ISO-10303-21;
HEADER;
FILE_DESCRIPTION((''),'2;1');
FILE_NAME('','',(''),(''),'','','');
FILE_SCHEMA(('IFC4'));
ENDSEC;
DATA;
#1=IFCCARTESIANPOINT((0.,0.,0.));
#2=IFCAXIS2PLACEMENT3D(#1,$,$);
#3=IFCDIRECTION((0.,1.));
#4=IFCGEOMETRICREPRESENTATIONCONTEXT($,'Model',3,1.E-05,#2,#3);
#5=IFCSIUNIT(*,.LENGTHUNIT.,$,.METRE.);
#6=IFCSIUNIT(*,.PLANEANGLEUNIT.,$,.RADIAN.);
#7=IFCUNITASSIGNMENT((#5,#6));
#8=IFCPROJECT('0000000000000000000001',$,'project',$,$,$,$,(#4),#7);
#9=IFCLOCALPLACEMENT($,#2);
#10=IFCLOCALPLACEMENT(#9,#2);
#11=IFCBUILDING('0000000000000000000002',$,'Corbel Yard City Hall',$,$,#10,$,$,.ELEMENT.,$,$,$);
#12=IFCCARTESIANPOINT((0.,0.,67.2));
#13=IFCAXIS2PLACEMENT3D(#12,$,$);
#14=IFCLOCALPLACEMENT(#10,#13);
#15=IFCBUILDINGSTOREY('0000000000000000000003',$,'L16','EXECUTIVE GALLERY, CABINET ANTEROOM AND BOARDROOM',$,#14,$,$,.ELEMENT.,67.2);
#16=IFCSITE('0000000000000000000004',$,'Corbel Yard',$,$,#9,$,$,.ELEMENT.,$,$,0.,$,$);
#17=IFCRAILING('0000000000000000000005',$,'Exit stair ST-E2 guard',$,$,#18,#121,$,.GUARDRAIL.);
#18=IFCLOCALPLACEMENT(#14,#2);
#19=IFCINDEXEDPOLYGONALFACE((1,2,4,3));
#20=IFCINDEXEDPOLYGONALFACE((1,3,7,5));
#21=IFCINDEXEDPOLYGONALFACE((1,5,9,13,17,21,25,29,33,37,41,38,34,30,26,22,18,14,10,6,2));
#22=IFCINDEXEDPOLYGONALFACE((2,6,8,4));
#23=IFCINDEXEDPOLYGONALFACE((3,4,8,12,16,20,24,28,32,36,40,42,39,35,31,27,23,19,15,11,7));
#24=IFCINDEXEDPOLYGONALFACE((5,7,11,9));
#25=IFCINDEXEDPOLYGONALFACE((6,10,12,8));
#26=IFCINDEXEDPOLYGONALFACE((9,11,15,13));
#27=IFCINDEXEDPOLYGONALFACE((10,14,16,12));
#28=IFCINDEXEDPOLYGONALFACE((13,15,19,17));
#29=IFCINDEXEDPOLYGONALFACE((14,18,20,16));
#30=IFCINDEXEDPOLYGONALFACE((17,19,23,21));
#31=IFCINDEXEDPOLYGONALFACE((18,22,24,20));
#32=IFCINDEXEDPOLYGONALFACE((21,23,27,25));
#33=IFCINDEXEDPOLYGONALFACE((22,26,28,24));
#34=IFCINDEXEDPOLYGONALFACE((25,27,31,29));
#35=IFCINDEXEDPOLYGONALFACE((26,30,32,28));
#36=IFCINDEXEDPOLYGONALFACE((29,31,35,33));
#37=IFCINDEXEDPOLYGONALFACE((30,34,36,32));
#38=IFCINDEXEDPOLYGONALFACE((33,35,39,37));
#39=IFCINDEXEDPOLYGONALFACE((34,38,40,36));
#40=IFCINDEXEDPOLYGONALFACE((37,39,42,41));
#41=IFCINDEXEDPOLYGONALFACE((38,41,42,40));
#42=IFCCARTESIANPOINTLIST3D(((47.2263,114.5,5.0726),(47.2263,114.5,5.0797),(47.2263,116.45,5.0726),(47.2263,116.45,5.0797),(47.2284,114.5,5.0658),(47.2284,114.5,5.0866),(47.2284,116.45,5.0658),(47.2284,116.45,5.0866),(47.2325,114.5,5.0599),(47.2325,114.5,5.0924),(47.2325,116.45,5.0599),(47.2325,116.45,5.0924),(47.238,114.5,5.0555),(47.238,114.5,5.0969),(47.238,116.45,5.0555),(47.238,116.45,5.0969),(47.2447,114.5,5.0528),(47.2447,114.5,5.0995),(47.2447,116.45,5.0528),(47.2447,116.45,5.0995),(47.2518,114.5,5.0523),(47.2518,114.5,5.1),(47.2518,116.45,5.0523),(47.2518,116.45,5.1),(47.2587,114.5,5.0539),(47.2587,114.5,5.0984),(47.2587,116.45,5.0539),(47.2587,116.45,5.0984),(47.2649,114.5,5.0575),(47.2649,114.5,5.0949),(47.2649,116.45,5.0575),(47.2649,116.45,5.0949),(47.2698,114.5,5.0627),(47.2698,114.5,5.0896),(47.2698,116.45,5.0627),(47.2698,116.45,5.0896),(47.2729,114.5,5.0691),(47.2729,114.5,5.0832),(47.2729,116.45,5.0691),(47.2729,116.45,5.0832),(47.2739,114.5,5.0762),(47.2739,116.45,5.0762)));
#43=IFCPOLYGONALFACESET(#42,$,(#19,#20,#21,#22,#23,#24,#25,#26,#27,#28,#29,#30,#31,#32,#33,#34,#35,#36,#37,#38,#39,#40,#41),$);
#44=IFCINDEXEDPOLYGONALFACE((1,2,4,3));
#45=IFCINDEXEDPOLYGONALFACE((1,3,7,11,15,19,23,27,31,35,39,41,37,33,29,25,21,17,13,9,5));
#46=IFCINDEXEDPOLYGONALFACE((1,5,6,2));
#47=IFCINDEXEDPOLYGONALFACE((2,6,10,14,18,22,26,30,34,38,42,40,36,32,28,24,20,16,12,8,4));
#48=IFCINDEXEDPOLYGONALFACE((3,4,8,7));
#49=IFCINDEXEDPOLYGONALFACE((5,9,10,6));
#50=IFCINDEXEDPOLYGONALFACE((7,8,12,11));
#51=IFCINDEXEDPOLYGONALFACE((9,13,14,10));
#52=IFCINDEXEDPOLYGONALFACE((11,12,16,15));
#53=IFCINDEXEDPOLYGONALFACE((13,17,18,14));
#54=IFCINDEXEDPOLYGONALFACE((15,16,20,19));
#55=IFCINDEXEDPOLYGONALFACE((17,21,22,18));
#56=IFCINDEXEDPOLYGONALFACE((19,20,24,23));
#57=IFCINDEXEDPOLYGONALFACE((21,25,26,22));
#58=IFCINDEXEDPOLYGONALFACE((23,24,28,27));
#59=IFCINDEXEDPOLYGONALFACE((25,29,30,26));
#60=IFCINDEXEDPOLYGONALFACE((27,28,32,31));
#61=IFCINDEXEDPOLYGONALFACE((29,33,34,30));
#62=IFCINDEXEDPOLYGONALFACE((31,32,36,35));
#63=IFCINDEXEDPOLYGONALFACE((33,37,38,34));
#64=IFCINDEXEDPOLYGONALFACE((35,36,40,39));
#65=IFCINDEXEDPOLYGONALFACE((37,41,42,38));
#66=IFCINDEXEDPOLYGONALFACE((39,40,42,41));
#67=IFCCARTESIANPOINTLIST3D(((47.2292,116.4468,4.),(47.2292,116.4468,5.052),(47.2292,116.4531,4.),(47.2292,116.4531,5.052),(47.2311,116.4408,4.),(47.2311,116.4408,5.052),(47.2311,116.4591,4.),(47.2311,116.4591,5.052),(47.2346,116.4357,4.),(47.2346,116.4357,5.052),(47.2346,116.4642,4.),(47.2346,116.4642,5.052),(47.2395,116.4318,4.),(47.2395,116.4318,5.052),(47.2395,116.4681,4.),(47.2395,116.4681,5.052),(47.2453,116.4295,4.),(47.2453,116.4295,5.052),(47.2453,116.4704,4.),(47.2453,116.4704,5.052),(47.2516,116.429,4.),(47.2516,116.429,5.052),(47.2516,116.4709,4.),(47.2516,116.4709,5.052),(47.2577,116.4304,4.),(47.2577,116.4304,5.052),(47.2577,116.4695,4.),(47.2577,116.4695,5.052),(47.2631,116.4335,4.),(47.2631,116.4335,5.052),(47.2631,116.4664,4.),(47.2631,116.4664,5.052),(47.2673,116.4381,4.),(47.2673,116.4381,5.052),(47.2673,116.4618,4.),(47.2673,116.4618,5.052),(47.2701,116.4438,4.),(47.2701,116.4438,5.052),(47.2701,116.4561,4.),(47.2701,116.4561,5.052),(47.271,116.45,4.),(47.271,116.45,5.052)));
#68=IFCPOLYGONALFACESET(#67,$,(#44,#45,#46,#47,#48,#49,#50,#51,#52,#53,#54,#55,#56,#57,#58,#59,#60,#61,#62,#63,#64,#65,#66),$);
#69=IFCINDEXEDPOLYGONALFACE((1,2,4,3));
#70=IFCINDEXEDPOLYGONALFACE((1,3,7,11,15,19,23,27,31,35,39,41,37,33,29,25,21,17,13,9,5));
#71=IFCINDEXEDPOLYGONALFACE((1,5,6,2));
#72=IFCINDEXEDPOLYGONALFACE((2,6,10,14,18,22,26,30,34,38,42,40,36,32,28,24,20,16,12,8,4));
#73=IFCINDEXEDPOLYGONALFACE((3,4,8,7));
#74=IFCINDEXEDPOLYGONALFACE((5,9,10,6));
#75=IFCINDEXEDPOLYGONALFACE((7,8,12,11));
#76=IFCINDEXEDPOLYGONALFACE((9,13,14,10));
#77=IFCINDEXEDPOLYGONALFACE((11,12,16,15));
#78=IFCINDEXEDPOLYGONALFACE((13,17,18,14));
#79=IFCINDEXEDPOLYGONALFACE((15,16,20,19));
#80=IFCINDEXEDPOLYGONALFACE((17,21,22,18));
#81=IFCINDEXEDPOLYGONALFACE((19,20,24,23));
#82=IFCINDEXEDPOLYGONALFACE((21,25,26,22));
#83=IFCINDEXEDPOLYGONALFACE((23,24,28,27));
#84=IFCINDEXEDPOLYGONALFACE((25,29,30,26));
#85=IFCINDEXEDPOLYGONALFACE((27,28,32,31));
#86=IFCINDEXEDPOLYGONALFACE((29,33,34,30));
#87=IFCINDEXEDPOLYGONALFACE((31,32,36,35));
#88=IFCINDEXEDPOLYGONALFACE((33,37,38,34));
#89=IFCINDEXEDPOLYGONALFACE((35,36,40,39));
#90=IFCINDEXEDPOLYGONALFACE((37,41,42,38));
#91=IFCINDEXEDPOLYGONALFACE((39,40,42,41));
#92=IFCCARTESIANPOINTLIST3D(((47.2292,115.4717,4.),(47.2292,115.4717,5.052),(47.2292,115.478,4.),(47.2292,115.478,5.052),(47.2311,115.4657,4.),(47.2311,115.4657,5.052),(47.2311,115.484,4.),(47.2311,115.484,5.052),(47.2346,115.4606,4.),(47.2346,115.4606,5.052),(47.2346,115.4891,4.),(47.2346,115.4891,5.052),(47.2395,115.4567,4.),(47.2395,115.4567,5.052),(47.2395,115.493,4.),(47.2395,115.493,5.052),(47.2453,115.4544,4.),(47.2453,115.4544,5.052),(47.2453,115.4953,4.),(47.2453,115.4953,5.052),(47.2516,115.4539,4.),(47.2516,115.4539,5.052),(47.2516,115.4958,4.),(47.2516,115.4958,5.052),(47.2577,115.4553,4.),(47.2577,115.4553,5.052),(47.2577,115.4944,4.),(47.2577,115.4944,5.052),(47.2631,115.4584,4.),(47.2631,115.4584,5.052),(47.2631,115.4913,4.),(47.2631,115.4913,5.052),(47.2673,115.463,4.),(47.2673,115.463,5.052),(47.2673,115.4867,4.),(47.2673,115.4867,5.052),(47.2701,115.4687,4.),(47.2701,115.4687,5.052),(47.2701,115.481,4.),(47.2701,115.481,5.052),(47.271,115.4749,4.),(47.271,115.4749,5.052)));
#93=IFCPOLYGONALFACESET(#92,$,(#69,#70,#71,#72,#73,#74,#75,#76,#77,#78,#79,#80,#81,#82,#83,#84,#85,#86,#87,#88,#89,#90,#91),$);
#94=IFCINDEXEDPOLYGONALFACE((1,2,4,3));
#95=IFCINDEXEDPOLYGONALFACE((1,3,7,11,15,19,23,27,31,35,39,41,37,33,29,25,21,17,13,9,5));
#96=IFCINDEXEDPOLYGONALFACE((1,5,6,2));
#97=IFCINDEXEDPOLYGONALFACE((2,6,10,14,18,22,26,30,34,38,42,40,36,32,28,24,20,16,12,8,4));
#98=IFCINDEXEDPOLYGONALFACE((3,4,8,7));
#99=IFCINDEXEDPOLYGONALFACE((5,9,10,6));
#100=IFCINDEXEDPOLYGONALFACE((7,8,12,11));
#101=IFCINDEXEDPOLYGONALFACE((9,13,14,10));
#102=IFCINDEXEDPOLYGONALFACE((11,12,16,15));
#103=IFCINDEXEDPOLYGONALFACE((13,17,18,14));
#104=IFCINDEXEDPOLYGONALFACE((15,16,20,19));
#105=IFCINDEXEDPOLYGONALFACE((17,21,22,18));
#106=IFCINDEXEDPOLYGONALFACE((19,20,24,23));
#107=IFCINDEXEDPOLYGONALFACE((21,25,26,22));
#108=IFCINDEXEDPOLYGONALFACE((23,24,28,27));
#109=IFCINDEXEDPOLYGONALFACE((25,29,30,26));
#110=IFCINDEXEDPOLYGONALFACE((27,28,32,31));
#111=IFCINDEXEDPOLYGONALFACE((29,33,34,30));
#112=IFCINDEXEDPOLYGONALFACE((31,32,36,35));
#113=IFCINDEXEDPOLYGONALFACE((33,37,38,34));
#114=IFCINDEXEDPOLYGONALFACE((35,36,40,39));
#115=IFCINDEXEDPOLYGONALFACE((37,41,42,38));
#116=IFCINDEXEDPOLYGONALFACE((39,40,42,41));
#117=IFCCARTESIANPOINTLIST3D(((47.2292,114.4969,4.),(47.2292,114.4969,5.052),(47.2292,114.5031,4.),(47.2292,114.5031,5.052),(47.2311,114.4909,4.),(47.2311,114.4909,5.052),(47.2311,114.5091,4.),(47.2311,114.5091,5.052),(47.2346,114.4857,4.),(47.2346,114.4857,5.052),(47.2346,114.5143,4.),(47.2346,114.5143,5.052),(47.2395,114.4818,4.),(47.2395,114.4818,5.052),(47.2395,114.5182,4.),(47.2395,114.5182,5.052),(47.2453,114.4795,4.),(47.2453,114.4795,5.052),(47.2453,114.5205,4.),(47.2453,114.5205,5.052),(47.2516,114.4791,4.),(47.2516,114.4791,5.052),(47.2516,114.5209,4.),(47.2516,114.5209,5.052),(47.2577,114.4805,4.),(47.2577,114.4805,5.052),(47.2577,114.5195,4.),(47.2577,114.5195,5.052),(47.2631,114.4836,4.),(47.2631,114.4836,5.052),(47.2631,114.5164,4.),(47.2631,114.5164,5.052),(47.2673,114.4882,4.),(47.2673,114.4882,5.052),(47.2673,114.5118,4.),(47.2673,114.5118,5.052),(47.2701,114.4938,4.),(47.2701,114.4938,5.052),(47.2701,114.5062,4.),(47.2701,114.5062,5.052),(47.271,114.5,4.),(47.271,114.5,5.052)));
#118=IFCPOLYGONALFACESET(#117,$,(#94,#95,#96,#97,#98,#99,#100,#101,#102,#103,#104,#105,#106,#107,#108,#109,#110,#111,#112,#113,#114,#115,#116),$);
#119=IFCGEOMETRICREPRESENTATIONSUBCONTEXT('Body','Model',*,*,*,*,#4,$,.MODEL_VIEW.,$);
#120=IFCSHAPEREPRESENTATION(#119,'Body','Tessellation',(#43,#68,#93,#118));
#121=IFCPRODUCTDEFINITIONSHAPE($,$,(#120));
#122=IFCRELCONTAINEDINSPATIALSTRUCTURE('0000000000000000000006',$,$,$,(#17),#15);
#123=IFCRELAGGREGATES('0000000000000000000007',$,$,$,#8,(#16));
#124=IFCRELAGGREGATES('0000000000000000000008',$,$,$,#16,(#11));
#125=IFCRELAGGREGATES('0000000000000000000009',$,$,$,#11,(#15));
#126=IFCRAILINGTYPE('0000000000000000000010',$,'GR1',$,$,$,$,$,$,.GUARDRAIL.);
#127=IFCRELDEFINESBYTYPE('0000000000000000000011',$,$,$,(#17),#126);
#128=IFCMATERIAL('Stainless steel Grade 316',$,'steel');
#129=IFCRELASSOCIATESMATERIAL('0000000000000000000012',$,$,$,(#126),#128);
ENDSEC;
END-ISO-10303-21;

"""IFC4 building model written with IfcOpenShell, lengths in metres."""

from ifc_helpers import new_model, si_unit, direction, frame, origin, origin_2d, place, context, subcontext, project, spatial, circle, extrude, material, type_object, element, save


model = new_model("IFC4")

# Units and contexts
model_context = context("Model", 3, precision=1e-05, world=origin(), true_north=direction((0.0, 1.0)))
body_context = subcontext(model_context, "Body", "Model", "MODEL_VIEW")
ifc_project = project(units=[si_unit("LENGTHUNIT", "METRE"), si_unit("PLANEANGLEUNIT", "RADIAN")], contexts=[model_context])

# Site, building, storey
site_placement = place(None, origin())
site = spatial("IfcSite", under=ifc_project, at=site_placement, Name="Corbel Yard", CompositionType="ELEMENT", RefElevation=0.0)
building_placement = place(site_placement, origin())
building = spatial("IfcBuilding", under=site, at=building_placement, Name="Corbel Yard City Hall", CompositionType="ELEMENT")
storey_placement = place(building_placement, frame((0.0, 0.0, 67.2)))
storey = spatial("IfcBuildingStorey", under=building, at=storey_placement, Name="L16", Description="EXECUTIVE GALLERY, CABINET ANTEROOM AND BOARDROOM", CompositionType="ELEMENT", Elevation=67.2)

# Shared definitions
ifc_material_1 = material(Name="Stainless steel Grade 316", Category="steel")

# Railing
railing_type_1 = type_object("IfcRailingType", Name="GR1", PredefinedType="GUARDRAIL", material=ifc_material_1)
railing_1_placement = place(storey_placement, frame((47.25, 116.45, 4.0)))
element("IfcRailing", 1, at=railing_1_placement, inside=storey, type_object=railing_type_1, Name="Exit stair ST-E2 guard", PredefinedType="GUARDRAIL", context=body_context, shape_type="SweptSolid", body=[
    extrude(circle(Radius=0.0239, at=origin_2d()), frame((0.0, 0.0, 1.0762), z_axis=(0.0, -1.0, 0.0), x_axis=(1.0, 0.0, 0.0)), (0.0, 0.0, 1.0), 1.95),
    extrude(circle(Radius=0.021, at=origin_2d()), origin(), (0.0, 0.0, 1.0), 1.052),
    extrude(circle(Radius=0.021, at=origin_2d()), frame((0.0, -0.9751, 0.0)), (0.0, 0.0, 1.0), 1.052),
    extrude(circle(Radius=0.021, at=origin_2d()), frame((0.0, -1.95, 0.0)), (0.0, 0.0, 1.0), 1.052),
])

save(model, "model.ifc")
